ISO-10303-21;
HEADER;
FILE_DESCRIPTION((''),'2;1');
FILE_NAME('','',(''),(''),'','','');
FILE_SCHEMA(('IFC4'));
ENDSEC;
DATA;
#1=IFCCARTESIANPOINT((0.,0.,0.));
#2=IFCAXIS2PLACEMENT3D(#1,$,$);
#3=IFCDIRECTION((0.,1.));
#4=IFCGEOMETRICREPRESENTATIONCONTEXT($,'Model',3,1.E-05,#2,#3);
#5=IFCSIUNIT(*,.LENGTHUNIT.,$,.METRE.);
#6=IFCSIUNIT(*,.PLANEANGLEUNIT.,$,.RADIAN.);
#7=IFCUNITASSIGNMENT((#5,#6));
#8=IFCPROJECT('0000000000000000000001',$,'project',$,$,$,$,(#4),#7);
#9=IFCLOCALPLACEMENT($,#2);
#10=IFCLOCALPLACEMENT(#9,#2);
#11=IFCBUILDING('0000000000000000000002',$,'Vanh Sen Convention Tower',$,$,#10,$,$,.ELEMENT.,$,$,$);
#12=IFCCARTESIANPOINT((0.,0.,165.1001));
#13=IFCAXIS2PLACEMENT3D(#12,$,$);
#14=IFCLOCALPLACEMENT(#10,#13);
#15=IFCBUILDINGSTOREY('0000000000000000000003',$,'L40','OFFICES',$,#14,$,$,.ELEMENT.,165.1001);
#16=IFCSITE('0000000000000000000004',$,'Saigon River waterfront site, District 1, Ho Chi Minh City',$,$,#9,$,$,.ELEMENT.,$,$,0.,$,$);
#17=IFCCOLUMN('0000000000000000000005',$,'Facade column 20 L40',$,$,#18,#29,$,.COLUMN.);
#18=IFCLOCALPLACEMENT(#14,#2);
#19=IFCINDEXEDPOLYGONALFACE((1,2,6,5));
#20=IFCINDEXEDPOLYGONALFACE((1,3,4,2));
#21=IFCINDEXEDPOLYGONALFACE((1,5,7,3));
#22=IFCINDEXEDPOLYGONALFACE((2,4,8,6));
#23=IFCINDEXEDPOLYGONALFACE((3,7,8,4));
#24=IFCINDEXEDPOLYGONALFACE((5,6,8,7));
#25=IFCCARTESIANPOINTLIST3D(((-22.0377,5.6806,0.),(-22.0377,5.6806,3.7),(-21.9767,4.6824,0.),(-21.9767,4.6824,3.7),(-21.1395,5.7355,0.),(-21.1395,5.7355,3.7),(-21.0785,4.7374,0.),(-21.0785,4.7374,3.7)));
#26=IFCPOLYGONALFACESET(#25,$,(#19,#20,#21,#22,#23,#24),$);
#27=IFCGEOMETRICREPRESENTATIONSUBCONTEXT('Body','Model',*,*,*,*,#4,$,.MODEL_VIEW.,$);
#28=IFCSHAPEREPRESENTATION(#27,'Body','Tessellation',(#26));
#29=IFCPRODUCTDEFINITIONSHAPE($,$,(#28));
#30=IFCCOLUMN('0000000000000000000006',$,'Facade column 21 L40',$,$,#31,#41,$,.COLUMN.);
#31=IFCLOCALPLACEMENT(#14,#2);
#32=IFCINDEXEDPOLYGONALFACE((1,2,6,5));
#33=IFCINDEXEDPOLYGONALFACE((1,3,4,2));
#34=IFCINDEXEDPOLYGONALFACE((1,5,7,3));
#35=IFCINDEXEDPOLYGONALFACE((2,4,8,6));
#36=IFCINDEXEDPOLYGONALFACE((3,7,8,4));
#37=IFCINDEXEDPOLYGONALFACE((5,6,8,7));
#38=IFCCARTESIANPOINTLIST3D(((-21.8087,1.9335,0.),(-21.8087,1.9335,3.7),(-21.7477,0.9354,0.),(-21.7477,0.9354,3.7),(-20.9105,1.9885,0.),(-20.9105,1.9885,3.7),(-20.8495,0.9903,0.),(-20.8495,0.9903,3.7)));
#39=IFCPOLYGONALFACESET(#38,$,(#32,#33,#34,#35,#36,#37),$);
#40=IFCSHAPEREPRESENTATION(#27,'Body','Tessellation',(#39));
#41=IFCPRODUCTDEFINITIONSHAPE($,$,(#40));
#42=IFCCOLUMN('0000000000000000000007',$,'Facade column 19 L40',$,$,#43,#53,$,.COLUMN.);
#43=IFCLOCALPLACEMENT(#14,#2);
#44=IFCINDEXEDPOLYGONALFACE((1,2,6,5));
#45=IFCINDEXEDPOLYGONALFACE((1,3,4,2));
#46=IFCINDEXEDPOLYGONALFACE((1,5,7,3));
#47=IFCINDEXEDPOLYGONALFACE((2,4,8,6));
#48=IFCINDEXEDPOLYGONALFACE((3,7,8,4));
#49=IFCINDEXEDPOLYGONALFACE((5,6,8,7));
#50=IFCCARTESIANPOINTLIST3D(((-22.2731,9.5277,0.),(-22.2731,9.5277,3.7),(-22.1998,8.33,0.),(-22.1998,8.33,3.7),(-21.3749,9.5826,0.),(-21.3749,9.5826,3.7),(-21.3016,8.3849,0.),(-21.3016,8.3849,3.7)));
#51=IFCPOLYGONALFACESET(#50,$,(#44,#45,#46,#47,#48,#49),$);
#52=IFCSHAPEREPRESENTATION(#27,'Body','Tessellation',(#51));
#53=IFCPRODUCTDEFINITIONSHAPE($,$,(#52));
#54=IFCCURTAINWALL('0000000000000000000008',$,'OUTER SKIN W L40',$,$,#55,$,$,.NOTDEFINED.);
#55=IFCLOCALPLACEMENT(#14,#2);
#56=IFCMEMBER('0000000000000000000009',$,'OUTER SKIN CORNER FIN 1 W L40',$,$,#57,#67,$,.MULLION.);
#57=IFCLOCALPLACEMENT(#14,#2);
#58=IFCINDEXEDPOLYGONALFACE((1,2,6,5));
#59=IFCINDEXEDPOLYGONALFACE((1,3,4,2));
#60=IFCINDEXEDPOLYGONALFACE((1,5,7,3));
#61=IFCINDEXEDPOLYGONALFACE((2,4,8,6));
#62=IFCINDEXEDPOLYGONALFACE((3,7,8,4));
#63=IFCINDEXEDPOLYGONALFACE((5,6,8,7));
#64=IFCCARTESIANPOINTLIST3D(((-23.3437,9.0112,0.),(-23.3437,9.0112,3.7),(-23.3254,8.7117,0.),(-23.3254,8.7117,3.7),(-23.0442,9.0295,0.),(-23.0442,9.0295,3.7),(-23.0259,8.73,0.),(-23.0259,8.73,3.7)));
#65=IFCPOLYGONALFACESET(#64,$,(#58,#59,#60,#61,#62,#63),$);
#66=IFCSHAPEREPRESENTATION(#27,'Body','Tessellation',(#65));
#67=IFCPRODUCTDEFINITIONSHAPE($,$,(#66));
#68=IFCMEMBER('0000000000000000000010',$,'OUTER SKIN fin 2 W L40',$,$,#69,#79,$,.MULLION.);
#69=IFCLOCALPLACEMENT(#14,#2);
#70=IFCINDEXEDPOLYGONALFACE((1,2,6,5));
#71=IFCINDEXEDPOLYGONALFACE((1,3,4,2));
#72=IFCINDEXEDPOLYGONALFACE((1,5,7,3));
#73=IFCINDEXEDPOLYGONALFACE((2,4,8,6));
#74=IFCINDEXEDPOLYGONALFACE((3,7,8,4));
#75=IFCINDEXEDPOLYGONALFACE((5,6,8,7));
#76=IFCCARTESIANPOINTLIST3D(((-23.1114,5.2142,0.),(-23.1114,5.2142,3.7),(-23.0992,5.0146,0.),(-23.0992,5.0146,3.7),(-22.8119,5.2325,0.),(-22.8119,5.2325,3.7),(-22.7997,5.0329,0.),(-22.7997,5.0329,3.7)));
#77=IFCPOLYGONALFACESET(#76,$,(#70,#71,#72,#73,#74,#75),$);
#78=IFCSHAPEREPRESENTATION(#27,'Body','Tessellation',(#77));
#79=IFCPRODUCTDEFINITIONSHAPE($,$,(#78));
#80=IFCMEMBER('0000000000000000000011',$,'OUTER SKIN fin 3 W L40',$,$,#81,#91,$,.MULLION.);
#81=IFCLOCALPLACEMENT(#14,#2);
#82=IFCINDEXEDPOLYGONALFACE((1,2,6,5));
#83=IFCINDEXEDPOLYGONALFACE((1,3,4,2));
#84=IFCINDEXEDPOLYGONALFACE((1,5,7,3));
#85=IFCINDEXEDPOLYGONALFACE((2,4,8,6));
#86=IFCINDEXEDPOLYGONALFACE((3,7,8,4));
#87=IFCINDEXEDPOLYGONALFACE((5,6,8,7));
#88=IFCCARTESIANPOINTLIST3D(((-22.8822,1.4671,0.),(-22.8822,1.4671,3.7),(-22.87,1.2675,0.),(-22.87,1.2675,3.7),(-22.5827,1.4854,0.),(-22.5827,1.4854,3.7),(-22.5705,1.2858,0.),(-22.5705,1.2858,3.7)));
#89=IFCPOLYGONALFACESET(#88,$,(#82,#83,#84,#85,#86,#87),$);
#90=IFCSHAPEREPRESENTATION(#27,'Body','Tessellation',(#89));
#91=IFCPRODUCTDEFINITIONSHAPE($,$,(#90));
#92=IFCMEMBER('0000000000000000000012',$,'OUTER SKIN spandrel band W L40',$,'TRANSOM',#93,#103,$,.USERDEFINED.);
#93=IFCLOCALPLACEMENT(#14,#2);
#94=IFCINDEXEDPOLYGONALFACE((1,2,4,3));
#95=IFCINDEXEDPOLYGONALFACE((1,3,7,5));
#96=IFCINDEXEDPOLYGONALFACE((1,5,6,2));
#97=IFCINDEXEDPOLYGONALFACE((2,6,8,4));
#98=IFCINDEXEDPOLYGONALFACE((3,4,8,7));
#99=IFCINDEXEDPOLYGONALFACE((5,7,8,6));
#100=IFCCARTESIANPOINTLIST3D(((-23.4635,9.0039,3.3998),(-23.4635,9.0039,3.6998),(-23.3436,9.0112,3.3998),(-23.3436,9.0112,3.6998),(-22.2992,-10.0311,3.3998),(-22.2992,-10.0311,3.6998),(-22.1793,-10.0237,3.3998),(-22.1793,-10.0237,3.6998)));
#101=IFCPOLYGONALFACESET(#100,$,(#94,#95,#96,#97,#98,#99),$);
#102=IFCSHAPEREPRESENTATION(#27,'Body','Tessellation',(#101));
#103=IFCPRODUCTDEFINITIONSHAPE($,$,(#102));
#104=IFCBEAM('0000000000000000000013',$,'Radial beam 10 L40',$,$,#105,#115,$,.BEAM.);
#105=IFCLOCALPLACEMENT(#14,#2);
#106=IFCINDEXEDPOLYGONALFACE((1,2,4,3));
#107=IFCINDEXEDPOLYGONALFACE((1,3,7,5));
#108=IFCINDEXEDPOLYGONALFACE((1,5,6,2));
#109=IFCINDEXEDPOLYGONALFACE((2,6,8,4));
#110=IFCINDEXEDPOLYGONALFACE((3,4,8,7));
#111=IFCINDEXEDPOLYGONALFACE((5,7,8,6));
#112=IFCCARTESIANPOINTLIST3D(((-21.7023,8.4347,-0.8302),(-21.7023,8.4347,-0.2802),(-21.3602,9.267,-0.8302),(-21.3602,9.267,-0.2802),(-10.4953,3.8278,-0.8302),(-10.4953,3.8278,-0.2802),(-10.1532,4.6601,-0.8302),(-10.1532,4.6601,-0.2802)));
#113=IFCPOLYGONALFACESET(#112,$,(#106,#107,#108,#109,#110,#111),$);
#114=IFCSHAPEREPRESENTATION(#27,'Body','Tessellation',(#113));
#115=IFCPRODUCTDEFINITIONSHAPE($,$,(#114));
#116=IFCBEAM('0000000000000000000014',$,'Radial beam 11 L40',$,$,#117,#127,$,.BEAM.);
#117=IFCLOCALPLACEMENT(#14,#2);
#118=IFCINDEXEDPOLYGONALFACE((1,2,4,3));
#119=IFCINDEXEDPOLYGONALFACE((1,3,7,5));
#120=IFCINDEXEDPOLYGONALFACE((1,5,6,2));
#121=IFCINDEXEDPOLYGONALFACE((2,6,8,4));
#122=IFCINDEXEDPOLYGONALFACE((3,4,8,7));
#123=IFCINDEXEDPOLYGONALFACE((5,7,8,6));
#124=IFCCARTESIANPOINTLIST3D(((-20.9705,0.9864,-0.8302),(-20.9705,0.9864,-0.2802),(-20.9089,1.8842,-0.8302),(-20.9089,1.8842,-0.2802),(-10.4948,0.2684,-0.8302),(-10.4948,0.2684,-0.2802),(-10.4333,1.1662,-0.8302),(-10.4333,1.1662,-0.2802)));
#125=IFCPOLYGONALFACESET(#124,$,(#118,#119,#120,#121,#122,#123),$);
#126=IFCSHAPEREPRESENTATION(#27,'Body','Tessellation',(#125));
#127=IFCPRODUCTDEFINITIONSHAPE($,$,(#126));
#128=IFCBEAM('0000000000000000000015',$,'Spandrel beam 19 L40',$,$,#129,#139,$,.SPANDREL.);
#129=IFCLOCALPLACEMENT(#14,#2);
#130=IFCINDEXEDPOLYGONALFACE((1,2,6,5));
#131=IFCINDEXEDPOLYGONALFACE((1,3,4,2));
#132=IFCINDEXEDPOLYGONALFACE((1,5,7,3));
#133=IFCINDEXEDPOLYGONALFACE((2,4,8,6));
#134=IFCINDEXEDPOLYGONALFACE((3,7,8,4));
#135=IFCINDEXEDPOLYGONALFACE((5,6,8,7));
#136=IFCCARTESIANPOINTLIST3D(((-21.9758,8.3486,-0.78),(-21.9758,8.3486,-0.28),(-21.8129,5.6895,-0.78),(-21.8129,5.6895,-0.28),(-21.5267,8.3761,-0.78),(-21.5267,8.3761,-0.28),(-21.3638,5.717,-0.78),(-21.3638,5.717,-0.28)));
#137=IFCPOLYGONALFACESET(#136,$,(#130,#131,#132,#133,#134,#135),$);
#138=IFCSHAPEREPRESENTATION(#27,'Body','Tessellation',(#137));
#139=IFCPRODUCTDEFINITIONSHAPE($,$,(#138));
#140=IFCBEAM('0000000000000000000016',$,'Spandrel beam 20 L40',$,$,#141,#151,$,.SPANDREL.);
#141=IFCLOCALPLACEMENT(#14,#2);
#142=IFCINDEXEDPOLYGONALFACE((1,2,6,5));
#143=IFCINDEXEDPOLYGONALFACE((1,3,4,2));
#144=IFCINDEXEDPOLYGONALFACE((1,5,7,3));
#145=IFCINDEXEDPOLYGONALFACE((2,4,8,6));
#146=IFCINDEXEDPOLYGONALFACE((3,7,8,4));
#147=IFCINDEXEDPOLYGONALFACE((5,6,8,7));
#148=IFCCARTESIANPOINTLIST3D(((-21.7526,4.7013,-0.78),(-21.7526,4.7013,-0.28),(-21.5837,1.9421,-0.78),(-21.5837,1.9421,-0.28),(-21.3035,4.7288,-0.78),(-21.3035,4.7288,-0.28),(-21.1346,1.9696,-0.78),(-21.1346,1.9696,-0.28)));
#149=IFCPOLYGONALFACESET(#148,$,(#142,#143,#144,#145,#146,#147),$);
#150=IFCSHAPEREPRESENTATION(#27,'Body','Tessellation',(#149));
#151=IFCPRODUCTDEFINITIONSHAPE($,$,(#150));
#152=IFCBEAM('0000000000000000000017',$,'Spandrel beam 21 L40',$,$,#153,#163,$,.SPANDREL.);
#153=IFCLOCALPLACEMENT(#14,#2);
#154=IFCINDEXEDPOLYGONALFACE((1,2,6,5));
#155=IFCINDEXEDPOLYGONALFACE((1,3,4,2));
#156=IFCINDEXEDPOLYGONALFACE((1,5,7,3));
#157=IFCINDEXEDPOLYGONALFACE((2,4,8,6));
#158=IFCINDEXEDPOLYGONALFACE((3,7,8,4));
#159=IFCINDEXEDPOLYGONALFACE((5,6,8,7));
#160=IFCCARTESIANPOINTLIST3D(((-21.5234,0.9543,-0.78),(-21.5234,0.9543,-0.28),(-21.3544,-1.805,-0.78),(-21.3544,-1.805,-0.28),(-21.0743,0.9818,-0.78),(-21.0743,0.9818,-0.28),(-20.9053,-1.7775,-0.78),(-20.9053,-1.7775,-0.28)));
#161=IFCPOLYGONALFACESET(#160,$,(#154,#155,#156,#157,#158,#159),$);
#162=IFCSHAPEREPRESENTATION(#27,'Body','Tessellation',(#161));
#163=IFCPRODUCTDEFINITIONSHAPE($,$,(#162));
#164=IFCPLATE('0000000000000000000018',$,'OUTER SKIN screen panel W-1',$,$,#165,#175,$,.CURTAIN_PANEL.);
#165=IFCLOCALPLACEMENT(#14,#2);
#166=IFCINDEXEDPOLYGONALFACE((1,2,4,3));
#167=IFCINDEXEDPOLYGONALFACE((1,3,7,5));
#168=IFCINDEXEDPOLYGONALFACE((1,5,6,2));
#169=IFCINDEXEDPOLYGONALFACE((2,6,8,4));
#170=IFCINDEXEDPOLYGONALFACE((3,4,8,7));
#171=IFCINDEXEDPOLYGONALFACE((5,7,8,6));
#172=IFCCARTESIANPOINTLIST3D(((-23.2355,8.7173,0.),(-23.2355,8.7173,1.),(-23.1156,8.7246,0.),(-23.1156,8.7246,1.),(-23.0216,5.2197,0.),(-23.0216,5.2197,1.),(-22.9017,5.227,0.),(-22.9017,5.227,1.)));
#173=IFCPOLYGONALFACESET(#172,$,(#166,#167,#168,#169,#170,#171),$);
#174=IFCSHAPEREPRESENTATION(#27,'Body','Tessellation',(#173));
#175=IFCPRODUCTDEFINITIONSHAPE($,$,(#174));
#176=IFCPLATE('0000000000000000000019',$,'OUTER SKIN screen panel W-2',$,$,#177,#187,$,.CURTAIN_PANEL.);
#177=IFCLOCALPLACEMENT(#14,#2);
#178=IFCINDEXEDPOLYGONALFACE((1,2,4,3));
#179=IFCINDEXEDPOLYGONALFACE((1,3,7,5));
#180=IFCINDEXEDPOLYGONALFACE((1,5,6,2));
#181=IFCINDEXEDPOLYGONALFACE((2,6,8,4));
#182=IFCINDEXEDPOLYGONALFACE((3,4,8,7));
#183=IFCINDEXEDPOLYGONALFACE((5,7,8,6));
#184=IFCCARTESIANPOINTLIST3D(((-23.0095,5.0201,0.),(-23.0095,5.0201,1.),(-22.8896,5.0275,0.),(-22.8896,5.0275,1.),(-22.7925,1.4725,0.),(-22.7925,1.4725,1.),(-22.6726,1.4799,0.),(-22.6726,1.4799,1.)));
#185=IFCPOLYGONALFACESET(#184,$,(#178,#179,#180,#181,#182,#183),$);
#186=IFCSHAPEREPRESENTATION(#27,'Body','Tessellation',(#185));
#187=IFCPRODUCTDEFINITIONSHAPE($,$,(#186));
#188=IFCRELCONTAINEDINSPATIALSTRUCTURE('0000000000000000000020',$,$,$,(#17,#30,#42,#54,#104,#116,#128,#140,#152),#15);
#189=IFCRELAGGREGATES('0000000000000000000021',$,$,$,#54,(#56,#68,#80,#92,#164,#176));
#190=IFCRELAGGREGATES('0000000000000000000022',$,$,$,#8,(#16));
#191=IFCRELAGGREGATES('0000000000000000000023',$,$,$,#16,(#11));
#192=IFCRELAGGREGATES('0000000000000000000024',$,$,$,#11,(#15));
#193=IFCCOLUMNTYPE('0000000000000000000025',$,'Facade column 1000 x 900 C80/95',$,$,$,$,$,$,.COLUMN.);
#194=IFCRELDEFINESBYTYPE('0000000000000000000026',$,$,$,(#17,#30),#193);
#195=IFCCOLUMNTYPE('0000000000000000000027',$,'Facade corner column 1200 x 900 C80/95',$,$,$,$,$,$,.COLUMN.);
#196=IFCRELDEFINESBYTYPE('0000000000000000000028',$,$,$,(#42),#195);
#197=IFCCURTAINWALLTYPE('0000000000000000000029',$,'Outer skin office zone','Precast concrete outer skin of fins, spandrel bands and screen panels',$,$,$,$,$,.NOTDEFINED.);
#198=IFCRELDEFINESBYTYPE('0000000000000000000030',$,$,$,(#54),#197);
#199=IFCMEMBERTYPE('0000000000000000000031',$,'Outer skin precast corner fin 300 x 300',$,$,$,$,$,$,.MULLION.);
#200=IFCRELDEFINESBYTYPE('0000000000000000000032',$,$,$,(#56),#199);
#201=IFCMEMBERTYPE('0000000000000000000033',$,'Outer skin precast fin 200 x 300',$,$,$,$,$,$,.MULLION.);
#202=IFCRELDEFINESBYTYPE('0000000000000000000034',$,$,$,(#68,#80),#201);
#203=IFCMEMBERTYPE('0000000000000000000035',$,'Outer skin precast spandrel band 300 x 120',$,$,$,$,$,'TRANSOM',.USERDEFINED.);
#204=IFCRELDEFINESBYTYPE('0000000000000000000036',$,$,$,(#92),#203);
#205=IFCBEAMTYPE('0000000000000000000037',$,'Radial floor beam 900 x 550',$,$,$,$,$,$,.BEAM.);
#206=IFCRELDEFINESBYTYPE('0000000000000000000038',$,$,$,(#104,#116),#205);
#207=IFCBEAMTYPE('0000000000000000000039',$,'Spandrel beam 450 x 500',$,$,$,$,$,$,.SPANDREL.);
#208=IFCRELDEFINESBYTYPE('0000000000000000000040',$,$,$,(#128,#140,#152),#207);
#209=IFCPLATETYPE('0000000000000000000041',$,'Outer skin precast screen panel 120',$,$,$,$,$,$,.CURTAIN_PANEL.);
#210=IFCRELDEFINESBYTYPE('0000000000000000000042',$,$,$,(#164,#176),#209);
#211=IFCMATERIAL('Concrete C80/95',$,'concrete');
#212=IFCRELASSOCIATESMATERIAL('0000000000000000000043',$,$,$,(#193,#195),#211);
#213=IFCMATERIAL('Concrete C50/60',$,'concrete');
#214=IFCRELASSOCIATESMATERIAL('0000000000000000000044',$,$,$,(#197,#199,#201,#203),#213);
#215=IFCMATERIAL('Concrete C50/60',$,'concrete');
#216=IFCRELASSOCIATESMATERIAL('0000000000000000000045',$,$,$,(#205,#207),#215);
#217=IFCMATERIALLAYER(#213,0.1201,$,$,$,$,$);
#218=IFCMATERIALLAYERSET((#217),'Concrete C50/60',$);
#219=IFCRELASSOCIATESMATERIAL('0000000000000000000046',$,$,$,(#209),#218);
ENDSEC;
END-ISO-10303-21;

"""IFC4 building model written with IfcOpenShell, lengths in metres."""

from ifc_helpers import new_model, si_unit, direction, frame, origin, origin_2d, place, context, subcontext, project, spatial, rectangle, extrude, material, layer, layer_set, material_profile, profile_set, type_object, element, aggregate, save


model = new_model("IFC4")

# Units and contexts
model_context = context("Model", 3, precision=1e-05, world=origin(), true_north=direction((0.0, 1.0)))
body_context = subcontext(model_context, "Body", "Model", "MODEL_VIEW")
ifc_project = project(units=[si_unit("LENGTHUNIT", "METRE"), si_unit("PLANEANGLEUNIT", "RADIAN")], contexts=[model_context])

# Site, building, storey
site_placement = place(None, origin())
site = spatial("IfcSite", under=ifc_project, at=site_placement, Name="Saigon River waterfront site, District 1, Ho Chi Minh City", CompositionType="ELEMENT", RefElevation=0.0)
building_placement = place(site_placement, origin())
building = spatial("IfcBuilding", under=site, at=building_placement, Name="Vanh Sen Convention Tower", CompositionType="ELEMENT")
storey_placement = place(building_placement, frame((0.0, 0.0, 165.1001)))
storey = spatial("IfcBuildingStorey", under=building, at=storey_placement, Name="L40", Description="OFFICES", CompositionType="ELEMENT", Elevation=165.1001)

# Columns
ifc_material_1 = material(Name="Concrete C80/95", Category="concrete")
ifc_material_profile_1 = material_profile(ifc_material_1, rectangle(XDim=1.0, YDim=0.8999, at=origin_2d()), Name="RC 1000X900")
ifc_profile_set_1 = profile_set([ifc_material_profile_1], Name="Concrete C80/95")
column_type_1 = type_object("IfcColumnType", Name="Facade column 1000 x 900 C80/95", PredefinedType="COLUMN", material=ifc_profile_set_1)
for number, where, z_axis, x_axis, name in (
    (1, (-21.5581, 5.209, 0.0), (0.0, 0.0, 1.0), (0.061049, -0.998135, 0.0), "Facade column 20 L40"),
    (2, (-21.3291, 1.4619, 0.0), (0.0, 0.0, 1.0), (0.061049, -0.998135, 0.0), "Facade column 21 L40"),
):
    element("IfcColumn", number, at=place(storey_placement, frame(where, z_axis=z_axis, x_axis=x_axis)), inside=storey, type_object=column_type_1, Name=name, PredefinedType="COLUMN", context=body_context, shape_type="SweptSolid", body=[
        extrude(rectangle(XDim=1.0, YDim=0.8999, at=origin_2d()), origin(), (0.0, 0.0, 1.0), 3.7),
    ])
ifc_material_profile_2 = material_profile(ifc_material_1, rectangle(XDim=1.2, YDim=0.8999, at=origin_2d()), Name="RC 1200X900")
ifc_profile_set_2 = profile_set([ifc_material_profile_2], Name="Concrete C80/95")
column_type_2 = type_object("IfcColumnType", Name="Facade corner column 1200 x 900 C80/95", PredefinedType="COLUMN", material=ifc_profile_set_2)
column_placement = place(storey_placement, frame((-21.7874, 8.9563, 0.0), z_axis=(0.0, 0.0, 1.0), x_axis=(0.061049, -0.998135, 0.0)))
element("IfcColumn", 3, at=column_placement, inside=storey, type_object=column_type_2, Name="Facade column 19 L40", PredefinedType="COLUMN", context=body_context, shape_type="SweptSolid", body=[
    extrude(rectangle(XDim=1.2, YDim=0.8999, at=origin_2d()), origin(), (0.0, 0.0, 1.0), 3.7),
])

# Curtain wall, members
ifc_material_2 = material(Name="Concrete C50/60", Category="concrete")
curtain_wall_type = type_object("IfcCurtainWallType", Name="Outer skin office zone", Description="Precast concrete outer skin of fins, spandrel bands and screen panels", PredefinedType="NOTDEFINED", material=ifc_material_2)
curtain_wall_placement = place(storey_placement, origin())
curtain_wall = element("IfcCurtainWall", 4, at=curtain_wall_placement, inside=storey, type_object=curtain_wall_type, Name="OUTER SKIN W L40", PredefinedType="NOTDEFINED")
ifc_material_profile_3 = material_profile(ifc_material_2, rectangle(XDim=0.3, YDim=0.3, at=origin_2d()), Name="Outer skin precast corner fin 300 x 300")
ifc_profile_set_3 = profile_set([ifc_material_profile_3], Name="Concrete C50/60")
member_type_1 = type_object("IfcMemberType", Name="Outer skin precast corner fin 300 x 300", PredefinedType="MULLION", material=ifc_profile_set_3)
member_1_placement = place(storey_placement, frame((-23.1848, 8.8706, 0.0), z_axis=(0.0, 0.0, 1.0), x_axis=(0.061049, -0.998135, 0.0)))
member_1 = element("IfcMember", 5, at=member_1_placement, type_object=member_type_1, Name="OUTER SKIN CORNER FIN 1 W L40", PredefinedType="MULLION", context=body_context, shape_type="SweptSolid", body=[
    extrude(rectangle(XDim=0.3, YDim=0.3, at=origin_2d()), origin(), (0.0, 0.0, 1.0), 3.7),
])
ifc_material_profile_4 = material_profile(ifc_material_2, rectangle(XDim=0.2, YDim=0.3, at=origin_2d()), Name="Outer skin precast fin 200 x 300")
ifc_profile_set_4 = profile_set([ifc_material_profile_4], Name="Concrete C50/60")
member_type_2 = type_object("IfcMemberType", Name="Outer skin precast fin 200 x 300", PredefinedType="MULLION", material=ifc_profile_set_4)
member_2_placement = place(storey_placement, frame((-22.9556, 5.1235, 0.0), z_axis=(0.0, 0.0, 1.0), x_axis=(0.061049, -0.998135, 0.0)))
member_2 = element("IfcMember", 6, at=member_2_placement, type_object=member_type_2, Name="OUTER SKIN fin 2 W L40", PredefinedType="MULLION", context=body_context, shape_type="SweptSolid", body=[
    extrude(rectangle(XDim=0.2, YDim=0.3, at=origin_2d()), origin(), (0.0, 0.0, 1.0), 3.7),
])
member_3_placement = place(storey_placement, frame((-22.7263, 1.3765, 0.0), z_axis=(0.0, 0.0, 1.0), x_axis=(0.061049, -0.998135, 0.0)))
member_3 = element("IfcMember", 7, at=member_3_placement, type_object=member_type_2, Name="OUTER SKIN fin 3 W L40", PredefinedType="MULLION", context=body_context, shape_type="SweptSolid", body=[
    extrude(rectangle(XDim=0.2, YDim=0.3, at=origin_2d()), origin(), (0.0, 0.0, 1.0), 3.7),
])
ifc_material_profile_5 = material_profile(ifc_material_2, rectangle(XDim=0.1201, YDim=0.3, at=origin_2d()), Name="Outer skin precast spandrel band 300 x 120")
ifc_profile_set_5 = profile_set([ifc_material_profile_5], Name="Concrete C50/60")
member_type_3 = type_object("IfcMemberType", Name="Outer skin precast spandrel band 300 x 120", ElementType="TRANSOM", PredefinedType="USERDEFINED", material=ifc_profile_set_5)
member_4_placement = place(storey_placement, frame((-23.4036, 9.0076, 3.5498), z_axis=(0.061053, -0.998135, 0.0), x_axis=(0.998135, 0.061053, 0.0)))
member_4 = element("IfcMember", 8, at=member_4_placement, type_object=member_type_3, Name="OUTER SKIN spandrel band W L40", ObjectType="TRANSOM", PredefinedType="USERDEFINED", context=body_context, shape_type="SweptSolid", body=[
    extrude(rectangle(XDim=0.1201, YDim=0.3, at=origin_2d()), origin(), (0.0, 0.0, 1.0), 19.0706),
])

# Beams
ifc_material_3 = material(Name="Concrete C50/60", Category="concrete")
ifc_material_profile_6 = material_profile(ifc_material_3, rectangle(XDim=0.8999, YDim=0.55, at=origin_2d()), Name="RC 900X550")
ifc_profile_set_6 = profile_set([ifc_material_profile_6], Name="Concrete C50/60")
beam_type_1 = type_object("IfcBeamType", Name="Radial floor beam 900 x 550", PredefinedType="BEAM", material=ifc_profile_set_6)
beam_1_placement = place(storey_placement, frame((-21.5312, 8.8508, -0.5552), z_axis=(0.924902, -0.380205, 0.0), x_axis=(0.380205, 0.924902, 0.0)))
element("IfcBeam", 9, at=beam_1_placement, inside=storey, type_object=beam_type_1, Name="Radial beam 10 L40", PredefinedType="BEAM", context=body_context, shape_type="SweptSolid", body=[
    extrude(rectangle(XDim=0.8999, YDim=0.55, at=origin_2d()), origin(), (0.0, 0.0, 1.0), 12.1169),
])
beam_2_placement = place(storey_placement, frame((-20.9397, 1.4353, -0.5552), z_axis=(0.997659, -0.068382, 0.0), x_axis=(0.068382, 0.997659, 0.0)))
element("IfcBeam", 10, at=beam_2_placement, inside=storey, type_object=beam_type_1, Name="Radial beam 11 L40", PredefinedType="BEAM", context=body_context, shape_type="SweptSolid", body=[
    extrude(rectangle(XDim=0.8999, YDim=0.55, at=origin_2d()), origin(), (0.0, 0.0, 1.0), 10.5002),
])
ifc_material_profile_7 = material_profile(ifc_material_3, rectangle(XDim=0.45, YDim=0.5, at=origin_2d()), Name="RC 450X500")
ifc_profile_set_7 = profile_set([ifc_material_profile_7], Name="Concrete C50/60")
beam_type_2 = type_object("IfcBeamType", Name="Spandrel beam 450 x 500", PredefinedType="SPANDREL", material=ifc_profile_set_7)
beam_3_placement = place(storey_placement, frame((-21.7512, 8.3623, -0.53), z_axis=(0.061123, -0.99813, 0.0), x_axis=(0.99813, 0.061123, 0.0)))
element("IfcBeam", 11, at=beam_3_placement, inside=storey, type_object=beam_type_2, Name="Spandrel beam 19 L40", PredefinedType="SPANDREL", context=body_context, shape_type="SweptSolid", body=[
    extrude(rectangle(XDim=0.45, YDim=0.5, at=origin_2d()), origin(), (0.0, 0.0, 1.0), 2.6641),
])
for number, where, z_axis, x_axis, name in (
    (12, (-21.5281, 4.7151, -0.53), (0.061114, -0.998131, 0.0), (0.998131, 0.061114, 0.0), "Spandrel beam 20 L40"),
    (13, (-21.2988, 0.968, -0.53), (0.061114, -0.998131, 0.0), (0.998131, 0.061114, 0.0), "Spandrel beam 21 L40"),
):
    element("IfcBeam", number, at=place(storey_placement, frame(where, z_axis=z_axis, x_axis=x_axis)), inside=storey, type_object=beam_type_2, Name=name, PredefinedType="SPANDREL", context=body_context, shape_type="SweptSolid", body=[
        extrude(rectangle(XDim=0.45, YDim=0.5, at=origin_2d()), origin(), (0.0, 0.0, 1.0), 2.7644),
    ])

# Plates
ifc_layer_1 = layer(ifc_material_2, 0.1201)
ifc_layer_set_1 = layer_set([ifc_layer_1], Name="Concrete C50/60")
plate_type = type_object("IfcPlateType", Name="Outer skin precast screen panel 120", PredefinedType="CURTAIN_PANEL", material=ifc_layer_set_1)
plate_1_placement = place(storey_placement, frame((-23.0686, 6.9722, 0.0), z_axis=(0.0, 0.0, 1.0), x_axis=(0.061054, -0.998134, 0.0)))
plate_1 = element("IfcPlate", 14, at=plate_1_placement, type_object=plate_type, Name="OUTER SKIN screen panel W-1", PredefinedType="CURTAIN_PANEL", context=body_context, shape_type="SweptSolid", body=[
    extrude(rectangle(XDim=3.5042, YDim=0.1201, at=origin_2d()), origin(), (0.0, 0.0, 1.0), 1.0),
])
plate_2_placement = place(storey_placement, frame((-22.8411, 3.25, 0.0), z_axis=(0.0, 0.0, 1.0), x_axis=(0.061052, -0.998135, 0.0)))
plate_2 = element("IfcPlate", 15, at=plate_2_placement, type_object=plate_type, Name="OUTER SKIN screen panel W-2", PredefinedType="CURTAIN_PANEL", context=body_context, shape_type="SweptSolid", body=[
    extrude(rectangle(XDim=3.5542, YDim=0.1201, at=origin_2d()), origin(), (0.0, 0.0, 1.0), 1.0),
])
aggregate(curtain_wall, [member_1, member_2, member_3, member_4, plate_1, plate_2])

save(model, "model.ifc")
